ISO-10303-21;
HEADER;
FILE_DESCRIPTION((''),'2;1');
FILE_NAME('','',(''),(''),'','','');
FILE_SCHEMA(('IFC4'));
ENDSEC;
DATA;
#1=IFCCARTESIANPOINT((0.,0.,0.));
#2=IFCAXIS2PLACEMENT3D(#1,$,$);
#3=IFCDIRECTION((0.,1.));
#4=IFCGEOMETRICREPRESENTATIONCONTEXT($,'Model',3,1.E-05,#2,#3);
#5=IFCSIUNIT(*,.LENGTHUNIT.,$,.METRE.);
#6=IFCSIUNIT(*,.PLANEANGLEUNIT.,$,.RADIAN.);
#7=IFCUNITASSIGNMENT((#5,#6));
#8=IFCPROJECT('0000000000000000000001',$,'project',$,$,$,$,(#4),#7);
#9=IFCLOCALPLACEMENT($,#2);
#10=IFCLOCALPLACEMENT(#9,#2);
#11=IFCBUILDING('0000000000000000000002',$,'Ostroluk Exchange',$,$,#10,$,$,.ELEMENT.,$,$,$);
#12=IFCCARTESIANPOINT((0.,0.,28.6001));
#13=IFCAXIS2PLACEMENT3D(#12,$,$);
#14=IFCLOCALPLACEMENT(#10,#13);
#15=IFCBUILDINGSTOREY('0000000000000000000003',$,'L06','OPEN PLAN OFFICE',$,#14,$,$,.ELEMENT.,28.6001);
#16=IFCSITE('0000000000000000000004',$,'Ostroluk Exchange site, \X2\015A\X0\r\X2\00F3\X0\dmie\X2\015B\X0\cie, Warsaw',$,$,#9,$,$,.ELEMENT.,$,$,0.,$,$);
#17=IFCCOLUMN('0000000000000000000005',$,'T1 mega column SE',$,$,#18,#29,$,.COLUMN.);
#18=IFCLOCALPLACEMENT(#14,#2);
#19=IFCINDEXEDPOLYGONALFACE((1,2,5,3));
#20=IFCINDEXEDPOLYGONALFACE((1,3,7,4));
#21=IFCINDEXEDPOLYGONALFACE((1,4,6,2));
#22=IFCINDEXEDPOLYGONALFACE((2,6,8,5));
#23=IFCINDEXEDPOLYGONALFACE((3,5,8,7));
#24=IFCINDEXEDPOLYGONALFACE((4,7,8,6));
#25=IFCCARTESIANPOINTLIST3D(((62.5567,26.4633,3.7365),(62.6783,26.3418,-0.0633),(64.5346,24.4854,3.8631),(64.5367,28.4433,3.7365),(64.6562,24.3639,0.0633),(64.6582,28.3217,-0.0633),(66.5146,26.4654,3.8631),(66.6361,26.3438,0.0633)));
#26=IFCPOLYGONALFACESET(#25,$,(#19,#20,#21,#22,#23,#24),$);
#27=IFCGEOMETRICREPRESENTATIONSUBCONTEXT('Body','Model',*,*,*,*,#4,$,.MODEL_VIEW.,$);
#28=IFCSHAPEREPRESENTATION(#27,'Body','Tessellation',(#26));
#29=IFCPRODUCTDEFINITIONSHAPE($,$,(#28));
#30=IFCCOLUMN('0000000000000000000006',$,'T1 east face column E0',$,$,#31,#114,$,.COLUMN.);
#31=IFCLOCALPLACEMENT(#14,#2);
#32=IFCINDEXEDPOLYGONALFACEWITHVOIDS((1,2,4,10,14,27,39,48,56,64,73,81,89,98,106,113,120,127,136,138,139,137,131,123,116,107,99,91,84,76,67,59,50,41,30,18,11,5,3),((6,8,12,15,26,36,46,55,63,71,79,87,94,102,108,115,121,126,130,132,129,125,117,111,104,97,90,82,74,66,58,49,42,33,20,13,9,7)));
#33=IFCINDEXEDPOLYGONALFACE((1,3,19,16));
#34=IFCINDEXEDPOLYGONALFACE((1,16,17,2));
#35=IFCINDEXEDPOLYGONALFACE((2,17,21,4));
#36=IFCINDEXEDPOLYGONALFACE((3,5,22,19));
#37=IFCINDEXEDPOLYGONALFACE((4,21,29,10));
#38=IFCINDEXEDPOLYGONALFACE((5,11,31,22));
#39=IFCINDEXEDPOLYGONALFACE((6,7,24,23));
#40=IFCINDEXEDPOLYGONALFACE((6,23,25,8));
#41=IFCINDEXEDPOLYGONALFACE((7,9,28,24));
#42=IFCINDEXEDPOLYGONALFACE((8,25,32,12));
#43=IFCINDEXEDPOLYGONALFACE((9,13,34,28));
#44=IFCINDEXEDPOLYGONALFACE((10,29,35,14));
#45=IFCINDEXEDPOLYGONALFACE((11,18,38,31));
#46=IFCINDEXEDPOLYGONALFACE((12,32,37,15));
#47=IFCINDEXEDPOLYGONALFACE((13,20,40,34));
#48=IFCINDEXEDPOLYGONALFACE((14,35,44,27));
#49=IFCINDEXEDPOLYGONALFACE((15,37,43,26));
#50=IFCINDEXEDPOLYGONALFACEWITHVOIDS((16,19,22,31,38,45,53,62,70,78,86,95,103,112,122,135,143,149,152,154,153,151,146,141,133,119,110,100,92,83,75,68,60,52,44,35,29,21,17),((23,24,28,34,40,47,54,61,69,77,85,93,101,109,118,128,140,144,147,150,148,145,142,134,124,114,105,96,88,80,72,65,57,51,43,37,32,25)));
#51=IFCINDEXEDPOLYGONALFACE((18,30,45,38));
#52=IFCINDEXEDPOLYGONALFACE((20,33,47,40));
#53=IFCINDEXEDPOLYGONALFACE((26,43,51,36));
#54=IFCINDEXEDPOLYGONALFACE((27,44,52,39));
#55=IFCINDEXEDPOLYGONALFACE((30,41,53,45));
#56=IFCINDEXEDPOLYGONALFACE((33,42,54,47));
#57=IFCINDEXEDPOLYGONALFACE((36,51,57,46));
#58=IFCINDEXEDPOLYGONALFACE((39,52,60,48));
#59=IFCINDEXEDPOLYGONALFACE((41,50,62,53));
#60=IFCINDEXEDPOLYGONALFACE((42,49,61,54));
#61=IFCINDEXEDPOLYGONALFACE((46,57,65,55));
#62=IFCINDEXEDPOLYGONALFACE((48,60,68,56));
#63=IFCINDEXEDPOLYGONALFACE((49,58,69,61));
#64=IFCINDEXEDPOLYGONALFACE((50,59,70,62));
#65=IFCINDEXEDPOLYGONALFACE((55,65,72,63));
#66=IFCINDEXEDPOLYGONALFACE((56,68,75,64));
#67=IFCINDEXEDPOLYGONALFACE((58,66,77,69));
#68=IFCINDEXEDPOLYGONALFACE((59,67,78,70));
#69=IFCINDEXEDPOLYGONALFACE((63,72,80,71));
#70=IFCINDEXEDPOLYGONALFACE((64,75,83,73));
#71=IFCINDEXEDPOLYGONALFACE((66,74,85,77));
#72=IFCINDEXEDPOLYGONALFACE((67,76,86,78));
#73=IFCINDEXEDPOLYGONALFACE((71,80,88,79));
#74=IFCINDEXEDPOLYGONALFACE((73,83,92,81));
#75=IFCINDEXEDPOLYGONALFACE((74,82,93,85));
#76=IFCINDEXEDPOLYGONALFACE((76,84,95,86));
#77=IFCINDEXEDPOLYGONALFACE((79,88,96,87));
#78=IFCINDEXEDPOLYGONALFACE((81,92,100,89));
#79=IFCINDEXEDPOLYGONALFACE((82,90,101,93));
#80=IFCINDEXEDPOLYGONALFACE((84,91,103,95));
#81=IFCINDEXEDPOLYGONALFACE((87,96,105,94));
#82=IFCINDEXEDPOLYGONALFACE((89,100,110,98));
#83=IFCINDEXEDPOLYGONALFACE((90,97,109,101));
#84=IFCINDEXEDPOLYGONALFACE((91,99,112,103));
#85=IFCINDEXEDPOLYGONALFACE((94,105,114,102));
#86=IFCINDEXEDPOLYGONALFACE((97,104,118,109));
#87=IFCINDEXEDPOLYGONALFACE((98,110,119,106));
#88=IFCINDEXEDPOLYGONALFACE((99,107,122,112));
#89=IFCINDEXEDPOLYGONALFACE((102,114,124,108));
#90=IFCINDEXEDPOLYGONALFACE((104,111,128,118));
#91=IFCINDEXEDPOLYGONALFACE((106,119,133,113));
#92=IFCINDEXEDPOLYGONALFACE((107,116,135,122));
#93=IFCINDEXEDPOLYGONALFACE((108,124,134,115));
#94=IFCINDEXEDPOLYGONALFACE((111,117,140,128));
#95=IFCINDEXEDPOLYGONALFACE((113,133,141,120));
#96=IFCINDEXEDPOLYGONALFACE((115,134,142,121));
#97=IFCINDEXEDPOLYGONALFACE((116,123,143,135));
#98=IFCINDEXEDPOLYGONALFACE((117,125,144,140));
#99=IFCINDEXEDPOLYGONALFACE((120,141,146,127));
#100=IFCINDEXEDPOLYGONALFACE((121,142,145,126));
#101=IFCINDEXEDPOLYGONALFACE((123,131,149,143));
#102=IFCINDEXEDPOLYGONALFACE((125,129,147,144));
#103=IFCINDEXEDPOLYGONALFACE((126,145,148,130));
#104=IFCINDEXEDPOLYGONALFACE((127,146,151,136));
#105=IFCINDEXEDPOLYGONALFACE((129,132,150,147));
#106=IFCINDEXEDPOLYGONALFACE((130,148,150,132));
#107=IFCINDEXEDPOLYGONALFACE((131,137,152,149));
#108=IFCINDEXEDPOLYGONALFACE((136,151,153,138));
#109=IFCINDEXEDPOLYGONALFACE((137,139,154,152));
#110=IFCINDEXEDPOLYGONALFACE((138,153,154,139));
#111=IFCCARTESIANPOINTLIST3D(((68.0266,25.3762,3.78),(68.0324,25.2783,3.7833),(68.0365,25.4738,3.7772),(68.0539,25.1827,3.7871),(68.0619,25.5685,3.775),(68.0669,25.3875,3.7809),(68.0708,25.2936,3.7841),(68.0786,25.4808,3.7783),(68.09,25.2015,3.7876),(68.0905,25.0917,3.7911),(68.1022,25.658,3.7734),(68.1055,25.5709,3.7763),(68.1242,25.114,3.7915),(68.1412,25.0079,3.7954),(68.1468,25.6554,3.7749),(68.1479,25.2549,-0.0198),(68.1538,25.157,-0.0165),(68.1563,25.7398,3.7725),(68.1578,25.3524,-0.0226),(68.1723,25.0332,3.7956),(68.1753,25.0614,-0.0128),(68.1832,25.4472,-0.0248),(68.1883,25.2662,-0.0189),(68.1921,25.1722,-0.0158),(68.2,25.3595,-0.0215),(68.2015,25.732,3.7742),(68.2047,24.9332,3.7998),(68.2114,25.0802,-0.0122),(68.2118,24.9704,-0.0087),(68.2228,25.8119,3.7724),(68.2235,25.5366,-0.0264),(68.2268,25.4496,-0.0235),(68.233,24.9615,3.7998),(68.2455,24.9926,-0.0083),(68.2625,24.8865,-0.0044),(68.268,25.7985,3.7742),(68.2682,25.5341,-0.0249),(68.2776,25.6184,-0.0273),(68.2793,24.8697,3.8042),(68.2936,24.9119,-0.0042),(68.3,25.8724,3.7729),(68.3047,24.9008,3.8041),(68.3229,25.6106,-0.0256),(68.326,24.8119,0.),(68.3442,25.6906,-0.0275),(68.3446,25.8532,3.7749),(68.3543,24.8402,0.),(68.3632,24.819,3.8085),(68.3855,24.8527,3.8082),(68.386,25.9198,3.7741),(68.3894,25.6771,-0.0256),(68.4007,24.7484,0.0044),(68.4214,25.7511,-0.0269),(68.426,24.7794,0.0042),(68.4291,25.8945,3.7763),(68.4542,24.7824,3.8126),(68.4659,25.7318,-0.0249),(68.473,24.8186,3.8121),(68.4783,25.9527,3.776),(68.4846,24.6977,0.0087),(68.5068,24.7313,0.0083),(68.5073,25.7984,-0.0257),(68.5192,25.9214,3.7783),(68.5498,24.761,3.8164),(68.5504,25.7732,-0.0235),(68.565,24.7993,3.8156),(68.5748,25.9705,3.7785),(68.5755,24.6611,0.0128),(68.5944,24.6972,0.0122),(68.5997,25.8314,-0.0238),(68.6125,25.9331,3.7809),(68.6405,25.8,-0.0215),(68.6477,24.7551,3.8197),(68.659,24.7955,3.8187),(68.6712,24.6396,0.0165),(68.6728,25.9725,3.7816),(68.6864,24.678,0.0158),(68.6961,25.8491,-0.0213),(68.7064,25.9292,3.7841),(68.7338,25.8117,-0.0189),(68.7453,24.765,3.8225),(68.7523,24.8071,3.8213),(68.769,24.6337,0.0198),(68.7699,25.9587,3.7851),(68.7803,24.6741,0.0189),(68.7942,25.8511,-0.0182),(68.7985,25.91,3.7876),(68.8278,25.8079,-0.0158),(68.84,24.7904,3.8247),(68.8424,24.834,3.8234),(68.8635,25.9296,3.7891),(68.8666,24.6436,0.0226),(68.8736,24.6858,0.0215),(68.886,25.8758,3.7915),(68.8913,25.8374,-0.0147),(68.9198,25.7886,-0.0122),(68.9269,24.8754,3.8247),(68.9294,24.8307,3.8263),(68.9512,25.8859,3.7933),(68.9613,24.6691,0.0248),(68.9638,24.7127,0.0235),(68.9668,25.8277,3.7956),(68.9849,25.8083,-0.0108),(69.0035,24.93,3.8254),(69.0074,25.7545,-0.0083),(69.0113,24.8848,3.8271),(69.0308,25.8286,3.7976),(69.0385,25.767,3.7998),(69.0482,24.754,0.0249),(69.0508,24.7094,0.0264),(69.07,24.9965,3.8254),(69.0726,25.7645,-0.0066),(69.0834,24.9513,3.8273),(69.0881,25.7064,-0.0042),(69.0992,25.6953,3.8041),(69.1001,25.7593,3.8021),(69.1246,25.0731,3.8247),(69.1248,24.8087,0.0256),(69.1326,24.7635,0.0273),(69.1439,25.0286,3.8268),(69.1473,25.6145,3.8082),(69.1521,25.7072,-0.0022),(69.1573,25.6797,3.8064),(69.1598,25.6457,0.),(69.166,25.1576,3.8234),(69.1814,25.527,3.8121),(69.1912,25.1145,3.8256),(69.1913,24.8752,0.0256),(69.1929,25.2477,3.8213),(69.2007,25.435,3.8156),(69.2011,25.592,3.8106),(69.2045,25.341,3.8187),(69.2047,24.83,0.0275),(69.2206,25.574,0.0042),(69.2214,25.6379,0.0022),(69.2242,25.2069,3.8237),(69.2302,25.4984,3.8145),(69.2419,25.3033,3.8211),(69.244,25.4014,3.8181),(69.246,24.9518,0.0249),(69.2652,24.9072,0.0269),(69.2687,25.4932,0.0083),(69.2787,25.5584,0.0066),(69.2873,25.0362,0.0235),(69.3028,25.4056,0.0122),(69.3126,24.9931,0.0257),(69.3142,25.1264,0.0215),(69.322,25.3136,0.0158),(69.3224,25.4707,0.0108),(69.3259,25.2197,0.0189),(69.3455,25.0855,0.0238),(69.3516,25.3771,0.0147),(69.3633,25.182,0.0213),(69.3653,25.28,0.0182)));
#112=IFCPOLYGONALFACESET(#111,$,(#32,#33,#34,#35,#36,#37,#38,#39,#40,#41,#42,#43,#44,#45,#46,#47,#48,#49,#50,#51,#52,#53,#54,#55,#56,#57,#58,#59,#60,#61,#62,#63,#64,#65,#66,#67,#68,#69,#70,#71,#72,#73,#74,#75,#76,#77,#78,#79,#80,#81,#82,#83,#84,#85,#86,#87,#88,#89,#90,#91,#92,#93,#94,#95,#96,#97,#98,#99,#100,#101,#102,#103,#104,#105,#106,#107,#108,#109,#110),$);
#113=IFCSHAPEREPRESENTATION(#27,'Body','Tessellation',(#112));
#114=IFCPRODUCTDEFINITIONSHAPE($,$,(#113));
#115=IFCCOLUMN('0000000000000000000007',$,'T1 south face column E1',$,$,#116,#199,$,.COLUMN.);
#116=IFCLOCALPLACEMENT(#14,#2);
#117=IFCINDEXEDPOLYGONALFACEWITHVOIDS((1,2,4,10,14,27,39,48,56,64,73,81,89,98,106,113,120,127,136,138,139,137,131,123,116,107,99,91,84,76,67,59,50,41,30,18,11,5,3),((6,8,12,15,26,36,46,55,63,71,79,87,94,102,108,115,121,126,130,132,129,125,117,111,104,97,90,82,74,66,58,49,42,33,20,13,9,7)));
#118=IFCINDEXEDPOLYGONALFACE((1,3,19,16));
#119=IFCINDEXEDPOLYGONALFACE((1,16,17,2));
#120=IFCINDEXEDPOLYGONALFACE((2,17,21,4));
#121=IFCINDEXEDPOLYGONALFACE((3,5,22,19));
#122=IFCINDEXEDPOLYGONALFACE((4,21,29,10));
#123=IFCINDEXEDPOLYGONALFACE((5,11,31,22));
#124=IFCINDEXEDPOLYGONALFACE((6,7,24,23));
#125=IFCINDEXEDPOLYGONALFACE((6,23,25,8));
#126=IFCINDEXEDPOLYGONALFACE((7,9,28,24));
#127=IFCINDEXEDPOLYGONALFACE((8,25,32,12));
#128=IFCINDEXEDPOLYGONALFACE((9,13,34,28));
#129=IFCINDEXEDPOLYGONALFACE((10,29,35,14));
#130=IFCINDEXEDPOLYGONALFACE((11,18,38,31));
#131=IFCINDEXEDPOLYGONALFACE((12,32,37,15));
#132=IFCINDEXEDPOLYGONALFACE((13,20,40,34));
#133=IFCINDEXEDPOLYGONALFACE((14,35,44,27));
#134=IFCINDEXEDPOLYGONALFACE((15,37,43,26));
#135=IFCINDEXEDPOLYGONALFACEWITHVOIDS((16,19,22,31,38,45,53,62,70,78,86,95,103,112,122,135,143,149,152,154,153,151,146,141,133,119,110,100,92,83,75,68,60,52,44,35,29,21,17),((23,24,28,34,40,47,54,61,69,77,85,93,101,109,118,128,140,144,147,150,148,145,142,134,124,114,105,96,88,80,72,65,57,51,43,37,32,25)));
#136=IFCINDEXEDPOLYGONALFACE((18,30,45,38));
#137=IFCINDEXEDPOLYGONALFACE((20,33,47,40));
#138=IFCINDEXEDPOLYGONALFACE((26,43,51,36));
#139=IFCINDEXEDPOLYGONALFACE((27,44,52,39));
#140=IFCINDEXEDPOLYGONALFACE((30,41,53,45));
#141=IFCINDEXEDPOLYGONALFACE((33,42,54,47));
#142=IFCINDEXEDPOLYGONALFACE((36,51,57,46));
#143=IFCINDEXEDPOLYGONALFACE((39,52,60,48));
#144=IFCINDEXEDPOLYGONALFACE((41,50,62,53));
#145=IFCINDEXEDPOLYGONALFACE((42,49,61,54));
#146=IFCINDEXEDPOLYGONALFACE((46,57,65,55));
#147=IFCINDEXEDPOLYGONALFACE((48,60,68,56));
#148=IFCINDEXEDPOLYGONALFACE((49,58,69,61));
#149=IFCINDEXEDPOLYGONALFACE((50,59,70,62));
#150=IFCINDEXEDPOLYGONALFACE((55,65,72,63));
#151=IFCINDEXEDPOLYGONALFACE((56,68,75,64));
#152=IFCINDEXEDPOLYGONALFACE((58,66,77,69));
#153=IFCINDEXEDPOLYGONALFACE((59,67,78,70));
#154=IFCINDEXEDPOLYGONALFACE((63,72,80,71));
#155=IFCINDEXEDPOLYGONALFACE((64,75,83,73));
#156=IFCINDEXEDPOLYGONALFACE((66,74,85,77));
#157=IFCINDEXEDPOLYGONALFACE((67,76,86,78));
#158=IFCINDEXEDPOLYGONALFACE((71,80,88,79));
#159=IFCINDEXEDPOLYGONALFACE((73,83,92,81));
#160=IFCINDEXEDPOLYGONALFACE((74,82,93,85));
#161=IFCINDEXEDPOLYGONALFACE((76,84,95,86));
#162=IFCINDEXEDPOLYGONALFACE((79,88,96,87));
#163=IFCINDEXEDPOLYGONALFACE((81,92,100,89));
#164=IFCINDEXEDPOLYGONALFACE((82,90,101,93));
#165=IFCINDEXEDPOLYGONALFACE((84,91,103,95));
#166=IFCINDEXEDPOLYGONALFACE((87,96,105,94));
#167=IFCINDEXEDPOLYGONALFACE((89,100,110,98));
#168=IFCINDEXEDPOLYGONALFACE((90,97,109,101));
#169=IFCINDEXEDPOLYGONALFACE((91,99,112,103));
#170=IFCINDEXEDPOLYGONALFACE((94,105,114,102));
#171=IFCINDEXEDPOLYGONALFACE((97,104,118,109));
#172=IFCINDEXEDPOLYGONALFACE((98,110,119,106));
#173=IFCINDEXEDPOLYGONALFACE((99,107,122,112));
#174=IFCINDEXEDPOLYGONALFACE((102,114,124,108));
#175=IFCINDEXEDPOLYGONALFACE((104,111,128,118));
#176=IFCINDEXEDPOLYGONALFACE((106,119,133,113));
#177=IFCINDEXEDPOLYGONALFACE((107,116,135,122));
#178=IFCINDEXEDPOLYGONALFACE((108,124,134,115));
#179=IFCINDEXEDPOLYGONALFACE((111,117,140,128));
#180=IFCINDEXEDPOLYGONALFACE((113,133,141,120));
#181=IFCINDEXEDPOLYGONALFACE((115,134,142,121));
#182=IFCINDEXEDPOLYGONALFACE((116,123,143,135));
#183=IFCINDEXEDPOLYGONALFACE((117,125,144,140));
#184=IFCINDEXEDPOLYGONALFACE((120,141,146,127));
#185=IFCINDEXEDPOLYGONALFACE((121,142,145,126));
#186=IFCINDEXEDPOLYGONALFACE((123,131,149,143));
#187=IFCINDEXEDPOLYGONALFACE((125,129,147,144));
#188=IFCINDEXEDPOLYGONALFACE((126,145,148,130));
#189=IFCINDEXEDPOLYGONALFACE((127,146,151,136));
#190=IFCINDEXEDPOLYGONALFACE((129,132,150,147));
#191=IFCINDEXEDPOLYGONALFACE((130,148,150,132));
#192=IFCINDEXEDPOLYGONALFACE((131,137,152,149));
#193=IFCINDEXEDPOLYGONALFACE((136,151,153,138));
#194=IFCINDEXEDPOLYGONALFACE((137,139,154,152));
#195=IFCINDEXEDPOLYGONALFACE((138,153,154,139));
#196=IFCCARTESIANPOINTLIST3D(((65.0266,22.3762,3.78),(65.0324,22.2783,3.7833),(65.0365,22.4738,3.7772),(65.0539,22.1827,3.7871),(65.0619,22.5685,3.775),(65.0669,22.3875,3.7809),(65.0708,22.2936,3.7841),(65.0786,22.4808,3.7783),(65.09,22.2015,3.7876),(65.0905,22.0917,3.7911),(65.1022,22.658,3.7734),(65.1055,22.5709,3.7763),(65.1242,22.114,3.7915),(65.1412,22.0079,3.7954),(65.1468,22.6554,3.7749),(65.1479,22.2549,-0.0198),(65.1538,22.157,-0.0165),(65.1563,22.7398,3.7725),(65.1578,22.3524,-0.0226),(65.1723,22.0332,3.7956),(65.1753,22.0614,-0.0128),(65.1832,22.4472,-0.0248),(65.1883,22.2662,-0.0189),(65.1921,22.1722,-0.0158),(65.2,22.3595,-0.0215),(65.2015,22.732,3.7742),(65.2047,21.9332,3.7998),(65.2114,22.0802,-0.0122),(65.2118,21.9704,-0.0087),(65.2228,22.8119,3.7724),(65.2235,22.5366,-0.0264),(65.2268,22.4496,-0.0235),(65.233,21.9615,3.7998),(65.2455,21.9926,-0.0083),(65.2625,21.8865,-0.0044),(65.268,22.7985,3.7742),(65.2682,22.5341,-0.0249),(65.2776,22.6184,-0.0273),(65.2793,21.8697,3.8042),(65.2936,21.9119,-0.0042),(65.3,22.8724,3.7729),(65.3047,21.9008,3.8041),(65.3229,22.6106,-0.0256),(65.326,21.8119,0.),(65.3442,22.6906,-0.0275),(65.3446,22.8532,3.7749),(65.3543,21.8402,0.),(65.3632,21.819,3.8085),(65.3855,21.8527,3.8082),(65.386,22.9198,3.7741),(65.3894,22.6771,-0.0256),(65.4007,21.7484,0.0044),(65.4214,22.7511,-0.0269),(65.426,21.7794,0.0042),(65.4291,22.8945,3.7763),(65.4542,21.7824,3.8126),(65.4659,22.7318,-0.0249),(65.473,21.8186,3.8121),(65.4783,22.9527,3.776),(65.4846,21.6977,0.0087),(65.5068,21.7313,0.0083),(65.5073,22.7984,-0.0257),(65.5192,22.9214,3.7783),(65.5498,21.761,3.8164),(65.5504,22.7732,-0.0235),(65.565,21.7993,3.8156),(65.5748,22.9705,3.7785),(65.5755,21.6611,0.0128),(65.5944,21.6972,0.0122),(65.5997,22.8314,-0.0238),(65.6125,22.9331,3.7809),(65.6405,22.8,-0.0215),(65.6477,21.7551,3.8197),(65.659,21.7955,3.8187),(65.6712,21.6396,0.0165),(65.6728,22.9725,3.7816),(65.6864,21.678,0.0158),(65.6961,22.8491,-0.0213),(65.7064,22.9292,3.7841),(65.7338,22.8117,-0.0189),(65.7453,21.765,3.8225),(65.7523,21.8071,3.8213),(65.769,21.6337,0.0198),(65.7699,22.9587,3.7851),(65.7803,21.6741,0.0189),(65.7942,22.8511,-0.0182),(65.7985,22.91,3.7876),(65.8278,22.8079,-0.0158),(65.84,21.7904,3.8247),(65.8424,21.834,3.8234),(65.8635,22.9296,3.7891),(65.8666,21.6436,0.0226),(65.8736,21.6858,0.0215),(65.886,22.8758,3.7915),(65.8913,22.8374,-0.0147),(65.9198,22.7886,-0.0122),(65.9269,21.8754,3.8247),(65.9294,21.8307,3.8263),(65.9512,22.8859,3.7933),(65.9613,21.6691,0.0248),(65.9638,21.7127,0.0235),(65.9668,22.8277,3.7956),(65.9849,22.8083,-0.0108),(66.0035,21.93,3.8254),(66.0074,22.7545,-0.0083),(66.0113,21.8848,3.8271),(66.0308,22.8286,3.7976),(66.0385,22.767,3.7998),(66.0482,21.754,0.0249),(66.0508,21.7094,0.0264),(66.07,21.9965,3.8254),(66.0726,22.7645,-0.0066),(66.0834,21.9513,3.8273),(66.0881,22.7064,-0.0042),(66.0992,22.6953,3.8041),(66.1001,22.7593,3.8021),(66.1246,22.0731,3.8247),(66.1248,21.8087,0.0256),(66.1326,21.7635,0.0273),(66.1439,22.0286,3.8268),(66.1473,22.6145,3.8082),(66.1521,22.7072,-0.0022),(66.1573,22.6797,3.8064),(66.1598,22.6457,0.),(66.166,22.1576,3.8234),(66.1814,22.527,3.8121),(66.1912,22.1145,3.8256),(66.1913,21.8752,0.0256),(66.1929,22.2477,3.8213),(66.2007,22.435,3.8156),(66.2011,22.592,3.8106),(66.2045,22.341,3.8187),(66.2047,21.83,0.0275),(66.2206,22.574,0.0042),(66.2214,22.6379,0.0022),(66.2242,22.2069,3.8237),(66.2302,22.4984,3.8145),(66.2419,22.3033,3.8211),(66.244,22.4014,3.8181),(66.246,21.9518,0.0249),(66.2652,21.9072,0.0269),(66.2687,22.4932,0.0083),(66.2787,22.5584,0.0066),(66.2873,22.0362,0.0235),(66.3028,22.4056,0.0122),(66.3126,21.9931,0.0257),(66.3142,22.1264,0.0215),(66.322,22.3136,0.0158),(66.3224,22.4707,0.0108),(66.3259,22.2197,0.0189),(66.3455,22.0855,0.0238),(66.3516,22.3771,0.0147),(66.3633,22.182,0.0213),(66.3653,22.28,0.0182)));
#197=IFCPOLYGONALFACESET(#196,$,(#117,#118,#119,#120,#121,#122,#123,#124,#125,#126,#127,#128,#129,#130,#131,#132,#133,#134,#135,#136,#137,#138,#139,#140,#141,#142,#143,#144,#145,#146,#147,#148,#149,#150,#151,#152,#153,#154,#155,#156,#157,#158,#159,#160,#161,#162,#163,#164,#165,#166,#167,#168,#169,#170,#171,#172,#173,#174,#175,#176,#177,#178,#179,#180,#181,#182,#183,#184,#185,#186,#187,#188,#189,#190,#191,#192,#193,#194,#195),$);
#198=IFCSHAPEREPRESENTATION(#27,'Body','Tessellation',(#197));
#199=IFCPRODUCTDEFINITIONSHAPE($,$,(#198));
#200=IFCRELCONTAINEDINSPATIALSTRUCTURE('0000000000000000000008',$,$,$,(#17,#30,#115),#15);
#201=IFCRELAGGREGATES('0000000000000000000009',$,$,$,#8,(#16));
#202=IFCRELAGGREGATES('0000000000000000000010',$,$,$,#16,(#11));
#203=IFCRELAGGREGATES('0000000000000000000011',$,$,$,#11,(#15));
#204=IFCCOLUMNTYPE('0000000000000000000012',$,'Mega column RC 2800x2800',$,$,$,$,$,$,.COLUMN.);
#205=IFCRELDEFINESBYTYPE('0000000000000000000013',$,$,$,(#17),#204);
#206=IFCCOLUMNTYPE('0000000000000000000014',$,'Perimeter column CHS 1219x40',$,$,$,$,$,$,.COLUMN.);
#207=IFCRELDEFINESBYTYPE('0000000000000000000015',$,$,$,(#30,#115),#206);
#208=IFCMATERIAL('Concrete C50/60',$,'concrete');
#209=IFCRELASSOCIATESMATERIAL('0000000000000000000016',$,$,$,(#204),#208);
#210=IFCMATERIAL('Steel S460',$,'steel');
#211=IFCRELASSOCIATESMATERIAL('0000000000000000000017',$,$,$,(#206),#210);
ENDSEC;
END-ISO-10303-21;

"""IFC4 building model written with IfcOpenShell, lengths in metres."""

from ifc_helpers import new_model, si_unit, direction, frame, origin, origin_2d, place, context, subcontext, project, spatial, rectangle, hollow_circle, extrude, material, material_profile, profile_set, type_object, element, save


model = new_model("IFC4")

# Units and contexts
model_context = context("Model", 3, precision=1e-05, world=origin(), true_north=direction((0.0, 1.0)))
body_context = subcontext(model_context, "Body", "Model", "MODEL_VIEW")
ifc_project = project(units=[si_unit("LENGTHUNIT", "METRE"), si_unit("PLANEANGLEUNIT", "RADIAN")], contexts=[model_context])

# Site, building, storey
site_placement = place(None, origin())
site = spatial("IfcSite", under=ifc_project, at=site_placement, Name="Ostroluk Exchange site, Śródmieście, Warsaw", CompositionType="ELEMENT", RefElevation=0.0)
building_placement = place(site_placement, origin())
building = spatial("IfcBuilding", under=site, at=building_placement, Name="Ostroluk Exchange", CompositionType="ELEMENT")
storey_placement = place(building_placement, frame((0.0, 0.0, 28.6001)))
storey = spatial("IfcBuildingStorey", under=building, at=storey_placement, Name="L06", Description="OPEN PLAN OFFICE", CompositionType="ELEMENT", Elevation=28.6001)

# Columns
ifc_material_1 = material(Name="Concrete C50/60", Category="concrete")
ifc_material_profile_1 = material_profile(ifc_material_1, rectangle(XDim=2.8, YDim=2.8, at=origin_2d()), Name="RC 2800x2800")
ifc_profile_set_1 = profile_set([ifc_material_profile_1], Name="Concrete C50/60")
column_type_1 = type_object("IfcColumnType", Name="Mega column RC 2800x2800", PredefinedType="COLUMN", material=ifc_profile_set_1)
column_placement = place(storey_placement, frame((64.6572, 26.3428, 0.0), z_axis=(-0.031964, 0.031964, 0.998978), x_axis=(-0.707107, -0.707107, 0.0)))
element("IfcColumn", 1, at=column_placement, inside=storey, type_object=column_type_1, Name="T1 mega column SE", PredefinedType="COLUMN", context=body_context, shape_type="SweptSolid", body=[
    extrude(rectangle(XDim=2.8, YDim=2.8, at=origin_2d()), origin(), (0.0, 0.0, 1.0), 3.8037),
])
ifc_material_2 = material(Name="Steel S460", Category="steel")
ifc_material_profile_2 = material_profile(ifc_material_2, hollow_circle(Radius=0.6096, WallThickness=0.04, at=origin_2d()), Name="CHS 1219x40")
ifc_profile_set_2 = profile_set([ifc_material_profile_2], Name="Steel S460")
column_type_2 = type_object("IfcColumnType", Name="Perimeter column CHS 1219x40", PredefinedType="COLUMN", material=ifc_profile_set_2)
for number, where, z_axis, x_axis, name in (
    (2, (68.7571, 25.2429, 0.0), (-0.0319, 0.0319, 0.998982), (-0.707107, -0.707107, 0.0), "T1 east face column E0"),
    (3, (65.7571, 22.2429, 0.0), (-0.0319, 0.0319, 0.998982), (-0.707107, -0.707107, 0.0), "T1 south face column E1"),
):
    element("IfcColumn", number, at=place(storey_placement, frame(where, z_axis=z_axis, x_axis=x_axis)), inside=storey, type_object=column_type_2, Name=name, PredefinedType="COLUMN", context=body_context, shape_type="SweptSolid", body=[
        extrude(hollow_circle(Radius=0.6096, WallThickness=0.04, at=origin_2d()), origin(), (0.0, 0.0, 1.0), 3.8037),
    ])

save(model, "model.ifc")
